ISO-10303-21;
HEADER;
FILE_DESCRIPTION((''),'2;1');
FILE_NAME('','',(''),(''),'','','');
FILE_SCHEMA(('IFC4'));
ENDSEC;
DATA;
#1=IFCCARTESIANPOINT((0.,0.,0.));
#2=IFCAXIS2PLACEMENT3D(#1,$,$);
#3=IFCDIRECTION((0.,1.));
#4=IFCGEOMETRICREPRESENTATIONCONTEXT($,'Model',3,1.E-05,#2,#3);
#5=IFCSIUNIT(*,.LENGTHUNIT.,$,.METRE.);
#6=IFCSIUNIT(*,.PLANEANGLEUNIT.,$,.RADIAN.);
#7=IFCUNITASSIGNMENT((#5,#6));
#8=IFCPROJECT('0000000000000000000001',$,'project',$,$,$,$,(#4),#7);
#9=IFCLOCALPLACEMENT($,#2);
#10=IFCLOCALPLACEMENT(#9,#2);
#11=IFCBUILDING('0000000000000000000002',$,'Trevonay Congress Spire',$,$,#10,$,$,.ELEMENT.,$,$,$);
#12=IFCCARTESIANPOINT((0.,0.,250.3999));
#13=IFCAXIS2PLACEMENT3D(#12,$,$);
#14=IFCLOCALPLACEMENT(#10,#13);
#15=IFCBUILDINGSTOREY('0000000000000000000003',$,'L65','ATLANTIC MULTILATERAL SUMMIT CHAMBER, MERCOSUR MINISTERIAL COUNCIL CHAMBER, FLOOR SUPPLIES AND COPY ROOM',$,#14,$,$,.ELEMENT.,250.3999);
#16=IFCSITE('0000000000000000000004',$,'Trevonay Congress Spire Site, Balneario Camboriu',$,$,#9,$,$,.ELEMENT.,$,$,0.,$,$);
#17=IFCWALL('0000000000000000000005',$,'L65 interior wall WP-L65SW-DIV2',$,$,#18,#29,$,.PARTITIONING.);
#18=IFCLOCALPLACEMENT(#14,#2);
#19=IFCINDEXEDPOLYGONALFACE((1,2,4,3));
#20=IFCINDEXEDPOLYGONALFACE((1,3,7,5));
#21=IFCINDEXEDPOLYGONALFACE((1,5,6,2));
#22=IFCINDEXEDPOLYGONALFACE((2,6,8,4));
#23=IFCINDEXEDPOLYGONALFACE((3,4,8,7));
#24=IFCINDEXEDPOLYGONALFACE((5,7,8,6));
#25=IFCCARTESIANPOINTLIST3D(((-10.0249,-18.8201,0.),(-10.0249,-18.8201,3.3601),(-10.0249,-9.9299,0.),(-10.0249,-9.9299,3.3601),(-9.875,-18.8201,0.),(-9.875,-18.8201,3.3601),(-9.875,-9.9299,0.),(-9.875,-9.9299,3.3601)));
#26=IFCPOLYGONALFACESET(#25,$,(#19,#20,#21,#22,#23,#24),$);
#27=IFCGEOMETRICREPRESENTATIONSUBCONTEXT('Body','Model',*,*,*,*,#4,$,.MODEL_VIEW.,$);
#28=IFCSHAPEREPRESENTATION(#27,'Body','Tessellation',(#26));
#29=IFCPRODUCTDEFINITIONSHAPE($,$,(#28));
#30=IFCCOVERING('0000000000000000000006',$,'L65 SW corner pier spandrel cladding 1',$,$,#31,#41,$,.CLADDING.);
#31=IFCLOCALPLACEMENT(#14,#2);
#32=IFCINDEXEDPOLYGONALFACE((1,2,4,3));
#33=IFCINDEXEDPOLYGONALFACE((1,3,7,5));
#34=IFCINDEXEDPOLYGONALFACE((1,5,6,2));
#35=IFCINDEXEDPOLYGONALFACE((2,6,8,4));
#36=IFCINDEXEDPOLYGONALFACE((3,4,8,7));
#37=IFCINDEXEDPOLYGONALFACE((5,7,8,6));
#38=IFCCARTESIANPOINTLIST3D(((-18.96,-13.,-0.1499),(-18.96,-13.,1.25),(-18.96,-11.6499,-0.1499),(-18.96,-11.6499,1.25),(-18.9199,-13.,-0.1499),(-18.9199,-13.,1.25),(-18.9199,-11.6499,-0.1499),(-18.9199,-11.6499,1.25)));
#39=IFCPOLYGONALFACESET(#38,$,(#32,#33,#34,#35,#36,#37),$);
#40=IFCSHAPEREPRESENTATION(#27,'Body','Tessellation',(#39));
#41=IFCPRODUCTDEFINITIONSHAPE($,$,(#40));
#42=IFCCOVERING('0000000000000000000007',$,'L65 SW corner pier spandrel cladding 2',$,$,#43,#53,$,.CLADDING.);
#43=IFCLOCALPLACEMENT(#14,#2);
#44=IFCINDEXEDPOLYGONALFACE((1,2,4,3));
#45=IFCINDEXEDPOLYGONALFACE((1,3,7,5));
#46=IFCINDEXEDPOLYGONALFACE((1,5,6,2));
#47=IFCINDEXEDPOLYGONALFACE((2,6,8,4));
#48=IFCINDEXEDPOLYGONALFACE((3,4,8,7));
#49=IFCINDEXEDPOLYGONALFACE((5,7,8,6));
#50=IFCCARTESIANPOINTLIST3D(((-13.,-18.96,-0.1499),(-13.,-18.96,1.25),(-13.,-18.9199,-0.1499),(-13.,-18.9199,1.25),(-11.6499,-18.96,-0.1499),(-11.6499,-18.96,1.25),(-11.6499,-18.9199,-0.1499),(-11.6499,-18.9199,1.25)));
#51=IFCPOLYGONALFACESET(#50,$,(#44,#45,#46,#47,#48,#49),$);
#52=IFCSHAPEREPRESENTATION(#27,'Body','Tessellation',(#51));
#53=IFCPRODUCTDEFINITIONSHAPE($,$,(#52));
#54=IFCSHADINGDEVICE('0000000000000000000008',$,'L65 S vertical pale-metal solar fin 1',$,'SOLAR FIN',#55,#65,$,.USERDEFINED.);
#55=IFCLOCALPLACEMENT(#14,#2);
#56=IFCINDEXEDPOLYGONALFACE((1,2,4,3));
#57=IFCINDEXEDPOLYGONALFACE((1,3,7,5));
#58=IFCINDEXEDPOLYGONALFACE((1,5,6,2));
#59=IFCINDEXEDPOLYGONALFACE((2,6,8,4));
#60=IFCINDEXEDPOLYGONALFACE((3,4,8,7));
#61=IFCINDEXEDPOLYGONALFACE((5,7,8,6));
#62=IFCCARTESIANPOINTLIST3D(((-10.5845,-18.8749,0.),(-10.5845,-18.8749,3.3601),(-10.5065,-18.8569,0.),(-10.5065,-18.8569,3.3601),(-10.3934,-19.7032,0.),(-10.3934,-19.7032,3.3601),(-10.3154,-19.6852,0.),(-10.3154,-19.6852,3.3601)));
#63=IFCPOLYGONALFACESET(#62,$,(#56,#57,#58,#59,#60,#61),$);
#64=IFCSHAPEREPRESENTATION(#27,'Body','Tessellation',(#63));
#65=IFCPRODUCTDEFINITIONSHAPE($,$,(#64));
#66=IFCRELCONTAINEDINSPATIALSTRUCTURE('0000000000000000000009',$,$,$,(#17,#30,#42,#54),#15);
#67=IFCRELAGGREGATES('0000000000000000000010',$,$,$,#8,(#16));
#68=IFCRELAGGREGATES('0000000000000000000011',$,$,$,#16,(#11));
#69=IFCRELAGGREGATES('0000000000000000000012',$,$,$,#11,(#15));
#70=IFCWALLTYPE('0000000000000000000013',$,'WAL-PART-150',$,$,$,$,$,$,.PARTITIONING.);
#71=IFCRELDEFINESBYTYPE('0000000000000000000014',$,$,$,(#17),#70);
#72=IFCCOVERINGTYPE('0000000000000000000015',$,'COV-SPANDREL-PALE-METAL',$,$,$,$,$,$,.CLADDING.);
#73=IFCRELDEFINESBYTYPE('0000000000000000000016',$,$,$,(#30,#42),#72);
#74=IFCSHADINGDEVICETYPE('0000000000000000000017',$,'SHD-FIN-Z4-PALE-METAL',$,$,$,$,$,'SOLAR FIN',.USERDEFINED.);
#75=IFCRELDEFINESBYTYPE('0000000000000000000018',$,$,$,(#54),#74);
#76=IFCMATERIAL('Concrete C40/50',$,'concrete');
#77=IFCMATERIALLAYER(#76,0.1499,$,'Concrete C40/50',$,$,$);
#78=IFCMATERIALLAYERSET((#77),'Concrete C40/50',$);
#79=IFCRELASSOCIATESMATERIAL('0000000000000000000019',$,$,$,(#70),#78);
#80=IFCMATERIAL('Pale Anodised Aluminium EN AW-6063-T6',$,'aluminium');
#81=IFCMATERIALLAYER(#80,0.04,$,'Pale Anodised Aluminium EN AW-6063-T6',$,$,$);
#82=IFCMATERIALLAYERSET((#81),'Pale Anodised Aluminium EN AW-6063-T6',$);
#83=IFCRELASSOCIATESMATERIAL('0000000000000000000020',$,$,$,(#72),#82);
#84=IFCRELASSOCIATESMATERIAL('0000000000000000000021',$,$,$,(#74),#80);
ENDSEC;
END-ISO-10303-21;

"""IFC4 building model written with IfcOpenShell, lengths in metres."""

from ifc_helpers import new_model, si_unit, direction, frame, frame_2d, origin, origin_2d, place, context, subcontext, project, spatial, rectangle, extrude, material, layer, layer_set, type_object, element, save


model = new_model("IFC4")

# Units and contexts
model_context = context("Model", 3, precision=1e-05, world=origin(), true_north=direction((0.0, 1.0)))
body_context = subcontext(model_context, "Body", "Model", "MODEL_VIEW")
ifc_project = project(units=[si_unit("LENGTHUNIT", "METRE"), si_unit("PLANEANGLEUNIT", "RADIAN")], contexts=[model_context])

# Site, building, storey
site_placement = place(None, origin())
site = spatial("IfcSite", under=ifc_project, at=site_placement, Name="Trevonay Congress Spire Site, Balneario Camboriu", CompositionType="ELEMENT", RefElevation=0.0)
building_placement = place(site_placement, origin())
building = spatial("IfcBuilding", under=site, at=building_placement, Name="Trevonay Congress Spire", CompositionType="ELEMENT")
storey_placement = place(building_placement, frame((0.0, 0.0, 250.3999)))
storey = spatial("IfcBuildingStorey", under=building, at=storey_placement, Name="L65", Description="ATLANTIC MULTILATERAL SUMMIT CHAMBER, MERCOSUR MINISTERIAL COUNCIL CHAMBER, FLOOR SUPPLIES AND COPY ROOM", CompositionType="ELEMENT", Elevation=250.3999)

# Shared definitions
ifc_material_1 = material(Name="Pale Anodised Aluminium EN AW-6063-T6", Category="aluminium")

# Wall
ifc_material_2 = material(Name="Concrete C40/50", Category="concrete")
ifc_layer_1 = layer(ifc_material_2, 0.1499, Name="Concrete C40/50")
ifc_layer_set_1 = layer_set([ifc_layer_1], Name="Concrete C40/50")
wall_type_1 = type_object("IfcWallType", Name="WAL-PART-150", PredefinedType="PARTITIONING", material=ifc_layer_set_1)
for number, where, z_axis, x_axis, name in (
    (1, (-9.95, -18.8201, 0.0), (0.0, 0.0, 1.0), (0.0, 1.0, 0.0), "L65 interior wall WP-L65SW-DIV2"),
):
    element("IfcWall", number, at=place(storey_placement, frame(where, z_axis=z_axis, x_axis=x_axis)), inside=storey, type_object=wall_type_1, Name=name, PredefinedType="PARTITIONING", context=body_context, shape_type="SweptSolid", body=[
        extrude(rectangle(XDim=8.8901, YDim=0.1499, at=frame_2d((4.4451, 0.0))), origin(), (0.0, 0.0, 1.0), 3.3601),
    ])

# Coverings
ifc_layer_2 = layer(ifc_material_1, 0.04, Name="Pale Anodised Aluminium EN AW-6063-T6")
ifc_layer_set_2 = layer_set([ifc_layer_2], Name="Pale Anodised Aluminium EN AW-6063-T6")
covering_type = type_object("IfcCoveringType", Name="COV-SPANDREL-PALE-METAL", PredefinedType="CLADDING", material=ifc_layer_set_2)
for number, where, z_axis, x_axis, name in (
    (2, (-18.9399, -11.6499, -0.1499), (0.0, 0.0, 1.0), (0.0, -1.0, 0.0), "L65 SW corner pier spandrel cladding 1"),
    (3, (-11.6499, -18.9399, -0.1499), (0.0, 0.0, 1.0), (-1.0, 0.0, 0.0), "L65 SW corner pier spandrel cladding 2"),
):
    element("IfcCovering", number, at=place(storey_placement, frame(where, z_axis=z_axis, x_axis=x_axis)), inside=storey, type_object=covering_type, Name=name, PredefinedType="CLADDING", context=body_context, shape_type="SweptSolid", body=[
        extrude(rectangle(XDim=1.3501, YDim=0.04, at=frame_2d((0.675, 0.0))), origin(), (0.0, 0.0, 1.0), 1.3999),
    ])

# Shading device
shading_device_type = type_object("IfcShadingDeviceType", Name="SHD-FIN-Z4-PALE-METAL", ElementType="SOLAR FIN", PredefinedType="USERDEFINED", material=ifc_material_1)
shading_device_placement = place(storey_placement, frame((-10.45, -19.28, 0.0), z_axis=(0.0, 0.0, 1.0), x_axis=(0.974409, 0.224781, 0.0)))
element("IfcShadingDevice", 4, at=shading_device_placement, inside=storey, type_object=shading_device_type, Name="L65 S vertical pale-metal solar fin 1", ObjectType="SOLAR FIN", PredefinedType="USERDEFINED", context=body_context, shape_type="SweptSolid", body=[
    extrude(rectangle(XDim=0.0801, YDim=0.8501, at=origin_2d()), origin(), (0.0, 0.0, 1.0), 3.3601),
])

save(model, "model.ifc")
